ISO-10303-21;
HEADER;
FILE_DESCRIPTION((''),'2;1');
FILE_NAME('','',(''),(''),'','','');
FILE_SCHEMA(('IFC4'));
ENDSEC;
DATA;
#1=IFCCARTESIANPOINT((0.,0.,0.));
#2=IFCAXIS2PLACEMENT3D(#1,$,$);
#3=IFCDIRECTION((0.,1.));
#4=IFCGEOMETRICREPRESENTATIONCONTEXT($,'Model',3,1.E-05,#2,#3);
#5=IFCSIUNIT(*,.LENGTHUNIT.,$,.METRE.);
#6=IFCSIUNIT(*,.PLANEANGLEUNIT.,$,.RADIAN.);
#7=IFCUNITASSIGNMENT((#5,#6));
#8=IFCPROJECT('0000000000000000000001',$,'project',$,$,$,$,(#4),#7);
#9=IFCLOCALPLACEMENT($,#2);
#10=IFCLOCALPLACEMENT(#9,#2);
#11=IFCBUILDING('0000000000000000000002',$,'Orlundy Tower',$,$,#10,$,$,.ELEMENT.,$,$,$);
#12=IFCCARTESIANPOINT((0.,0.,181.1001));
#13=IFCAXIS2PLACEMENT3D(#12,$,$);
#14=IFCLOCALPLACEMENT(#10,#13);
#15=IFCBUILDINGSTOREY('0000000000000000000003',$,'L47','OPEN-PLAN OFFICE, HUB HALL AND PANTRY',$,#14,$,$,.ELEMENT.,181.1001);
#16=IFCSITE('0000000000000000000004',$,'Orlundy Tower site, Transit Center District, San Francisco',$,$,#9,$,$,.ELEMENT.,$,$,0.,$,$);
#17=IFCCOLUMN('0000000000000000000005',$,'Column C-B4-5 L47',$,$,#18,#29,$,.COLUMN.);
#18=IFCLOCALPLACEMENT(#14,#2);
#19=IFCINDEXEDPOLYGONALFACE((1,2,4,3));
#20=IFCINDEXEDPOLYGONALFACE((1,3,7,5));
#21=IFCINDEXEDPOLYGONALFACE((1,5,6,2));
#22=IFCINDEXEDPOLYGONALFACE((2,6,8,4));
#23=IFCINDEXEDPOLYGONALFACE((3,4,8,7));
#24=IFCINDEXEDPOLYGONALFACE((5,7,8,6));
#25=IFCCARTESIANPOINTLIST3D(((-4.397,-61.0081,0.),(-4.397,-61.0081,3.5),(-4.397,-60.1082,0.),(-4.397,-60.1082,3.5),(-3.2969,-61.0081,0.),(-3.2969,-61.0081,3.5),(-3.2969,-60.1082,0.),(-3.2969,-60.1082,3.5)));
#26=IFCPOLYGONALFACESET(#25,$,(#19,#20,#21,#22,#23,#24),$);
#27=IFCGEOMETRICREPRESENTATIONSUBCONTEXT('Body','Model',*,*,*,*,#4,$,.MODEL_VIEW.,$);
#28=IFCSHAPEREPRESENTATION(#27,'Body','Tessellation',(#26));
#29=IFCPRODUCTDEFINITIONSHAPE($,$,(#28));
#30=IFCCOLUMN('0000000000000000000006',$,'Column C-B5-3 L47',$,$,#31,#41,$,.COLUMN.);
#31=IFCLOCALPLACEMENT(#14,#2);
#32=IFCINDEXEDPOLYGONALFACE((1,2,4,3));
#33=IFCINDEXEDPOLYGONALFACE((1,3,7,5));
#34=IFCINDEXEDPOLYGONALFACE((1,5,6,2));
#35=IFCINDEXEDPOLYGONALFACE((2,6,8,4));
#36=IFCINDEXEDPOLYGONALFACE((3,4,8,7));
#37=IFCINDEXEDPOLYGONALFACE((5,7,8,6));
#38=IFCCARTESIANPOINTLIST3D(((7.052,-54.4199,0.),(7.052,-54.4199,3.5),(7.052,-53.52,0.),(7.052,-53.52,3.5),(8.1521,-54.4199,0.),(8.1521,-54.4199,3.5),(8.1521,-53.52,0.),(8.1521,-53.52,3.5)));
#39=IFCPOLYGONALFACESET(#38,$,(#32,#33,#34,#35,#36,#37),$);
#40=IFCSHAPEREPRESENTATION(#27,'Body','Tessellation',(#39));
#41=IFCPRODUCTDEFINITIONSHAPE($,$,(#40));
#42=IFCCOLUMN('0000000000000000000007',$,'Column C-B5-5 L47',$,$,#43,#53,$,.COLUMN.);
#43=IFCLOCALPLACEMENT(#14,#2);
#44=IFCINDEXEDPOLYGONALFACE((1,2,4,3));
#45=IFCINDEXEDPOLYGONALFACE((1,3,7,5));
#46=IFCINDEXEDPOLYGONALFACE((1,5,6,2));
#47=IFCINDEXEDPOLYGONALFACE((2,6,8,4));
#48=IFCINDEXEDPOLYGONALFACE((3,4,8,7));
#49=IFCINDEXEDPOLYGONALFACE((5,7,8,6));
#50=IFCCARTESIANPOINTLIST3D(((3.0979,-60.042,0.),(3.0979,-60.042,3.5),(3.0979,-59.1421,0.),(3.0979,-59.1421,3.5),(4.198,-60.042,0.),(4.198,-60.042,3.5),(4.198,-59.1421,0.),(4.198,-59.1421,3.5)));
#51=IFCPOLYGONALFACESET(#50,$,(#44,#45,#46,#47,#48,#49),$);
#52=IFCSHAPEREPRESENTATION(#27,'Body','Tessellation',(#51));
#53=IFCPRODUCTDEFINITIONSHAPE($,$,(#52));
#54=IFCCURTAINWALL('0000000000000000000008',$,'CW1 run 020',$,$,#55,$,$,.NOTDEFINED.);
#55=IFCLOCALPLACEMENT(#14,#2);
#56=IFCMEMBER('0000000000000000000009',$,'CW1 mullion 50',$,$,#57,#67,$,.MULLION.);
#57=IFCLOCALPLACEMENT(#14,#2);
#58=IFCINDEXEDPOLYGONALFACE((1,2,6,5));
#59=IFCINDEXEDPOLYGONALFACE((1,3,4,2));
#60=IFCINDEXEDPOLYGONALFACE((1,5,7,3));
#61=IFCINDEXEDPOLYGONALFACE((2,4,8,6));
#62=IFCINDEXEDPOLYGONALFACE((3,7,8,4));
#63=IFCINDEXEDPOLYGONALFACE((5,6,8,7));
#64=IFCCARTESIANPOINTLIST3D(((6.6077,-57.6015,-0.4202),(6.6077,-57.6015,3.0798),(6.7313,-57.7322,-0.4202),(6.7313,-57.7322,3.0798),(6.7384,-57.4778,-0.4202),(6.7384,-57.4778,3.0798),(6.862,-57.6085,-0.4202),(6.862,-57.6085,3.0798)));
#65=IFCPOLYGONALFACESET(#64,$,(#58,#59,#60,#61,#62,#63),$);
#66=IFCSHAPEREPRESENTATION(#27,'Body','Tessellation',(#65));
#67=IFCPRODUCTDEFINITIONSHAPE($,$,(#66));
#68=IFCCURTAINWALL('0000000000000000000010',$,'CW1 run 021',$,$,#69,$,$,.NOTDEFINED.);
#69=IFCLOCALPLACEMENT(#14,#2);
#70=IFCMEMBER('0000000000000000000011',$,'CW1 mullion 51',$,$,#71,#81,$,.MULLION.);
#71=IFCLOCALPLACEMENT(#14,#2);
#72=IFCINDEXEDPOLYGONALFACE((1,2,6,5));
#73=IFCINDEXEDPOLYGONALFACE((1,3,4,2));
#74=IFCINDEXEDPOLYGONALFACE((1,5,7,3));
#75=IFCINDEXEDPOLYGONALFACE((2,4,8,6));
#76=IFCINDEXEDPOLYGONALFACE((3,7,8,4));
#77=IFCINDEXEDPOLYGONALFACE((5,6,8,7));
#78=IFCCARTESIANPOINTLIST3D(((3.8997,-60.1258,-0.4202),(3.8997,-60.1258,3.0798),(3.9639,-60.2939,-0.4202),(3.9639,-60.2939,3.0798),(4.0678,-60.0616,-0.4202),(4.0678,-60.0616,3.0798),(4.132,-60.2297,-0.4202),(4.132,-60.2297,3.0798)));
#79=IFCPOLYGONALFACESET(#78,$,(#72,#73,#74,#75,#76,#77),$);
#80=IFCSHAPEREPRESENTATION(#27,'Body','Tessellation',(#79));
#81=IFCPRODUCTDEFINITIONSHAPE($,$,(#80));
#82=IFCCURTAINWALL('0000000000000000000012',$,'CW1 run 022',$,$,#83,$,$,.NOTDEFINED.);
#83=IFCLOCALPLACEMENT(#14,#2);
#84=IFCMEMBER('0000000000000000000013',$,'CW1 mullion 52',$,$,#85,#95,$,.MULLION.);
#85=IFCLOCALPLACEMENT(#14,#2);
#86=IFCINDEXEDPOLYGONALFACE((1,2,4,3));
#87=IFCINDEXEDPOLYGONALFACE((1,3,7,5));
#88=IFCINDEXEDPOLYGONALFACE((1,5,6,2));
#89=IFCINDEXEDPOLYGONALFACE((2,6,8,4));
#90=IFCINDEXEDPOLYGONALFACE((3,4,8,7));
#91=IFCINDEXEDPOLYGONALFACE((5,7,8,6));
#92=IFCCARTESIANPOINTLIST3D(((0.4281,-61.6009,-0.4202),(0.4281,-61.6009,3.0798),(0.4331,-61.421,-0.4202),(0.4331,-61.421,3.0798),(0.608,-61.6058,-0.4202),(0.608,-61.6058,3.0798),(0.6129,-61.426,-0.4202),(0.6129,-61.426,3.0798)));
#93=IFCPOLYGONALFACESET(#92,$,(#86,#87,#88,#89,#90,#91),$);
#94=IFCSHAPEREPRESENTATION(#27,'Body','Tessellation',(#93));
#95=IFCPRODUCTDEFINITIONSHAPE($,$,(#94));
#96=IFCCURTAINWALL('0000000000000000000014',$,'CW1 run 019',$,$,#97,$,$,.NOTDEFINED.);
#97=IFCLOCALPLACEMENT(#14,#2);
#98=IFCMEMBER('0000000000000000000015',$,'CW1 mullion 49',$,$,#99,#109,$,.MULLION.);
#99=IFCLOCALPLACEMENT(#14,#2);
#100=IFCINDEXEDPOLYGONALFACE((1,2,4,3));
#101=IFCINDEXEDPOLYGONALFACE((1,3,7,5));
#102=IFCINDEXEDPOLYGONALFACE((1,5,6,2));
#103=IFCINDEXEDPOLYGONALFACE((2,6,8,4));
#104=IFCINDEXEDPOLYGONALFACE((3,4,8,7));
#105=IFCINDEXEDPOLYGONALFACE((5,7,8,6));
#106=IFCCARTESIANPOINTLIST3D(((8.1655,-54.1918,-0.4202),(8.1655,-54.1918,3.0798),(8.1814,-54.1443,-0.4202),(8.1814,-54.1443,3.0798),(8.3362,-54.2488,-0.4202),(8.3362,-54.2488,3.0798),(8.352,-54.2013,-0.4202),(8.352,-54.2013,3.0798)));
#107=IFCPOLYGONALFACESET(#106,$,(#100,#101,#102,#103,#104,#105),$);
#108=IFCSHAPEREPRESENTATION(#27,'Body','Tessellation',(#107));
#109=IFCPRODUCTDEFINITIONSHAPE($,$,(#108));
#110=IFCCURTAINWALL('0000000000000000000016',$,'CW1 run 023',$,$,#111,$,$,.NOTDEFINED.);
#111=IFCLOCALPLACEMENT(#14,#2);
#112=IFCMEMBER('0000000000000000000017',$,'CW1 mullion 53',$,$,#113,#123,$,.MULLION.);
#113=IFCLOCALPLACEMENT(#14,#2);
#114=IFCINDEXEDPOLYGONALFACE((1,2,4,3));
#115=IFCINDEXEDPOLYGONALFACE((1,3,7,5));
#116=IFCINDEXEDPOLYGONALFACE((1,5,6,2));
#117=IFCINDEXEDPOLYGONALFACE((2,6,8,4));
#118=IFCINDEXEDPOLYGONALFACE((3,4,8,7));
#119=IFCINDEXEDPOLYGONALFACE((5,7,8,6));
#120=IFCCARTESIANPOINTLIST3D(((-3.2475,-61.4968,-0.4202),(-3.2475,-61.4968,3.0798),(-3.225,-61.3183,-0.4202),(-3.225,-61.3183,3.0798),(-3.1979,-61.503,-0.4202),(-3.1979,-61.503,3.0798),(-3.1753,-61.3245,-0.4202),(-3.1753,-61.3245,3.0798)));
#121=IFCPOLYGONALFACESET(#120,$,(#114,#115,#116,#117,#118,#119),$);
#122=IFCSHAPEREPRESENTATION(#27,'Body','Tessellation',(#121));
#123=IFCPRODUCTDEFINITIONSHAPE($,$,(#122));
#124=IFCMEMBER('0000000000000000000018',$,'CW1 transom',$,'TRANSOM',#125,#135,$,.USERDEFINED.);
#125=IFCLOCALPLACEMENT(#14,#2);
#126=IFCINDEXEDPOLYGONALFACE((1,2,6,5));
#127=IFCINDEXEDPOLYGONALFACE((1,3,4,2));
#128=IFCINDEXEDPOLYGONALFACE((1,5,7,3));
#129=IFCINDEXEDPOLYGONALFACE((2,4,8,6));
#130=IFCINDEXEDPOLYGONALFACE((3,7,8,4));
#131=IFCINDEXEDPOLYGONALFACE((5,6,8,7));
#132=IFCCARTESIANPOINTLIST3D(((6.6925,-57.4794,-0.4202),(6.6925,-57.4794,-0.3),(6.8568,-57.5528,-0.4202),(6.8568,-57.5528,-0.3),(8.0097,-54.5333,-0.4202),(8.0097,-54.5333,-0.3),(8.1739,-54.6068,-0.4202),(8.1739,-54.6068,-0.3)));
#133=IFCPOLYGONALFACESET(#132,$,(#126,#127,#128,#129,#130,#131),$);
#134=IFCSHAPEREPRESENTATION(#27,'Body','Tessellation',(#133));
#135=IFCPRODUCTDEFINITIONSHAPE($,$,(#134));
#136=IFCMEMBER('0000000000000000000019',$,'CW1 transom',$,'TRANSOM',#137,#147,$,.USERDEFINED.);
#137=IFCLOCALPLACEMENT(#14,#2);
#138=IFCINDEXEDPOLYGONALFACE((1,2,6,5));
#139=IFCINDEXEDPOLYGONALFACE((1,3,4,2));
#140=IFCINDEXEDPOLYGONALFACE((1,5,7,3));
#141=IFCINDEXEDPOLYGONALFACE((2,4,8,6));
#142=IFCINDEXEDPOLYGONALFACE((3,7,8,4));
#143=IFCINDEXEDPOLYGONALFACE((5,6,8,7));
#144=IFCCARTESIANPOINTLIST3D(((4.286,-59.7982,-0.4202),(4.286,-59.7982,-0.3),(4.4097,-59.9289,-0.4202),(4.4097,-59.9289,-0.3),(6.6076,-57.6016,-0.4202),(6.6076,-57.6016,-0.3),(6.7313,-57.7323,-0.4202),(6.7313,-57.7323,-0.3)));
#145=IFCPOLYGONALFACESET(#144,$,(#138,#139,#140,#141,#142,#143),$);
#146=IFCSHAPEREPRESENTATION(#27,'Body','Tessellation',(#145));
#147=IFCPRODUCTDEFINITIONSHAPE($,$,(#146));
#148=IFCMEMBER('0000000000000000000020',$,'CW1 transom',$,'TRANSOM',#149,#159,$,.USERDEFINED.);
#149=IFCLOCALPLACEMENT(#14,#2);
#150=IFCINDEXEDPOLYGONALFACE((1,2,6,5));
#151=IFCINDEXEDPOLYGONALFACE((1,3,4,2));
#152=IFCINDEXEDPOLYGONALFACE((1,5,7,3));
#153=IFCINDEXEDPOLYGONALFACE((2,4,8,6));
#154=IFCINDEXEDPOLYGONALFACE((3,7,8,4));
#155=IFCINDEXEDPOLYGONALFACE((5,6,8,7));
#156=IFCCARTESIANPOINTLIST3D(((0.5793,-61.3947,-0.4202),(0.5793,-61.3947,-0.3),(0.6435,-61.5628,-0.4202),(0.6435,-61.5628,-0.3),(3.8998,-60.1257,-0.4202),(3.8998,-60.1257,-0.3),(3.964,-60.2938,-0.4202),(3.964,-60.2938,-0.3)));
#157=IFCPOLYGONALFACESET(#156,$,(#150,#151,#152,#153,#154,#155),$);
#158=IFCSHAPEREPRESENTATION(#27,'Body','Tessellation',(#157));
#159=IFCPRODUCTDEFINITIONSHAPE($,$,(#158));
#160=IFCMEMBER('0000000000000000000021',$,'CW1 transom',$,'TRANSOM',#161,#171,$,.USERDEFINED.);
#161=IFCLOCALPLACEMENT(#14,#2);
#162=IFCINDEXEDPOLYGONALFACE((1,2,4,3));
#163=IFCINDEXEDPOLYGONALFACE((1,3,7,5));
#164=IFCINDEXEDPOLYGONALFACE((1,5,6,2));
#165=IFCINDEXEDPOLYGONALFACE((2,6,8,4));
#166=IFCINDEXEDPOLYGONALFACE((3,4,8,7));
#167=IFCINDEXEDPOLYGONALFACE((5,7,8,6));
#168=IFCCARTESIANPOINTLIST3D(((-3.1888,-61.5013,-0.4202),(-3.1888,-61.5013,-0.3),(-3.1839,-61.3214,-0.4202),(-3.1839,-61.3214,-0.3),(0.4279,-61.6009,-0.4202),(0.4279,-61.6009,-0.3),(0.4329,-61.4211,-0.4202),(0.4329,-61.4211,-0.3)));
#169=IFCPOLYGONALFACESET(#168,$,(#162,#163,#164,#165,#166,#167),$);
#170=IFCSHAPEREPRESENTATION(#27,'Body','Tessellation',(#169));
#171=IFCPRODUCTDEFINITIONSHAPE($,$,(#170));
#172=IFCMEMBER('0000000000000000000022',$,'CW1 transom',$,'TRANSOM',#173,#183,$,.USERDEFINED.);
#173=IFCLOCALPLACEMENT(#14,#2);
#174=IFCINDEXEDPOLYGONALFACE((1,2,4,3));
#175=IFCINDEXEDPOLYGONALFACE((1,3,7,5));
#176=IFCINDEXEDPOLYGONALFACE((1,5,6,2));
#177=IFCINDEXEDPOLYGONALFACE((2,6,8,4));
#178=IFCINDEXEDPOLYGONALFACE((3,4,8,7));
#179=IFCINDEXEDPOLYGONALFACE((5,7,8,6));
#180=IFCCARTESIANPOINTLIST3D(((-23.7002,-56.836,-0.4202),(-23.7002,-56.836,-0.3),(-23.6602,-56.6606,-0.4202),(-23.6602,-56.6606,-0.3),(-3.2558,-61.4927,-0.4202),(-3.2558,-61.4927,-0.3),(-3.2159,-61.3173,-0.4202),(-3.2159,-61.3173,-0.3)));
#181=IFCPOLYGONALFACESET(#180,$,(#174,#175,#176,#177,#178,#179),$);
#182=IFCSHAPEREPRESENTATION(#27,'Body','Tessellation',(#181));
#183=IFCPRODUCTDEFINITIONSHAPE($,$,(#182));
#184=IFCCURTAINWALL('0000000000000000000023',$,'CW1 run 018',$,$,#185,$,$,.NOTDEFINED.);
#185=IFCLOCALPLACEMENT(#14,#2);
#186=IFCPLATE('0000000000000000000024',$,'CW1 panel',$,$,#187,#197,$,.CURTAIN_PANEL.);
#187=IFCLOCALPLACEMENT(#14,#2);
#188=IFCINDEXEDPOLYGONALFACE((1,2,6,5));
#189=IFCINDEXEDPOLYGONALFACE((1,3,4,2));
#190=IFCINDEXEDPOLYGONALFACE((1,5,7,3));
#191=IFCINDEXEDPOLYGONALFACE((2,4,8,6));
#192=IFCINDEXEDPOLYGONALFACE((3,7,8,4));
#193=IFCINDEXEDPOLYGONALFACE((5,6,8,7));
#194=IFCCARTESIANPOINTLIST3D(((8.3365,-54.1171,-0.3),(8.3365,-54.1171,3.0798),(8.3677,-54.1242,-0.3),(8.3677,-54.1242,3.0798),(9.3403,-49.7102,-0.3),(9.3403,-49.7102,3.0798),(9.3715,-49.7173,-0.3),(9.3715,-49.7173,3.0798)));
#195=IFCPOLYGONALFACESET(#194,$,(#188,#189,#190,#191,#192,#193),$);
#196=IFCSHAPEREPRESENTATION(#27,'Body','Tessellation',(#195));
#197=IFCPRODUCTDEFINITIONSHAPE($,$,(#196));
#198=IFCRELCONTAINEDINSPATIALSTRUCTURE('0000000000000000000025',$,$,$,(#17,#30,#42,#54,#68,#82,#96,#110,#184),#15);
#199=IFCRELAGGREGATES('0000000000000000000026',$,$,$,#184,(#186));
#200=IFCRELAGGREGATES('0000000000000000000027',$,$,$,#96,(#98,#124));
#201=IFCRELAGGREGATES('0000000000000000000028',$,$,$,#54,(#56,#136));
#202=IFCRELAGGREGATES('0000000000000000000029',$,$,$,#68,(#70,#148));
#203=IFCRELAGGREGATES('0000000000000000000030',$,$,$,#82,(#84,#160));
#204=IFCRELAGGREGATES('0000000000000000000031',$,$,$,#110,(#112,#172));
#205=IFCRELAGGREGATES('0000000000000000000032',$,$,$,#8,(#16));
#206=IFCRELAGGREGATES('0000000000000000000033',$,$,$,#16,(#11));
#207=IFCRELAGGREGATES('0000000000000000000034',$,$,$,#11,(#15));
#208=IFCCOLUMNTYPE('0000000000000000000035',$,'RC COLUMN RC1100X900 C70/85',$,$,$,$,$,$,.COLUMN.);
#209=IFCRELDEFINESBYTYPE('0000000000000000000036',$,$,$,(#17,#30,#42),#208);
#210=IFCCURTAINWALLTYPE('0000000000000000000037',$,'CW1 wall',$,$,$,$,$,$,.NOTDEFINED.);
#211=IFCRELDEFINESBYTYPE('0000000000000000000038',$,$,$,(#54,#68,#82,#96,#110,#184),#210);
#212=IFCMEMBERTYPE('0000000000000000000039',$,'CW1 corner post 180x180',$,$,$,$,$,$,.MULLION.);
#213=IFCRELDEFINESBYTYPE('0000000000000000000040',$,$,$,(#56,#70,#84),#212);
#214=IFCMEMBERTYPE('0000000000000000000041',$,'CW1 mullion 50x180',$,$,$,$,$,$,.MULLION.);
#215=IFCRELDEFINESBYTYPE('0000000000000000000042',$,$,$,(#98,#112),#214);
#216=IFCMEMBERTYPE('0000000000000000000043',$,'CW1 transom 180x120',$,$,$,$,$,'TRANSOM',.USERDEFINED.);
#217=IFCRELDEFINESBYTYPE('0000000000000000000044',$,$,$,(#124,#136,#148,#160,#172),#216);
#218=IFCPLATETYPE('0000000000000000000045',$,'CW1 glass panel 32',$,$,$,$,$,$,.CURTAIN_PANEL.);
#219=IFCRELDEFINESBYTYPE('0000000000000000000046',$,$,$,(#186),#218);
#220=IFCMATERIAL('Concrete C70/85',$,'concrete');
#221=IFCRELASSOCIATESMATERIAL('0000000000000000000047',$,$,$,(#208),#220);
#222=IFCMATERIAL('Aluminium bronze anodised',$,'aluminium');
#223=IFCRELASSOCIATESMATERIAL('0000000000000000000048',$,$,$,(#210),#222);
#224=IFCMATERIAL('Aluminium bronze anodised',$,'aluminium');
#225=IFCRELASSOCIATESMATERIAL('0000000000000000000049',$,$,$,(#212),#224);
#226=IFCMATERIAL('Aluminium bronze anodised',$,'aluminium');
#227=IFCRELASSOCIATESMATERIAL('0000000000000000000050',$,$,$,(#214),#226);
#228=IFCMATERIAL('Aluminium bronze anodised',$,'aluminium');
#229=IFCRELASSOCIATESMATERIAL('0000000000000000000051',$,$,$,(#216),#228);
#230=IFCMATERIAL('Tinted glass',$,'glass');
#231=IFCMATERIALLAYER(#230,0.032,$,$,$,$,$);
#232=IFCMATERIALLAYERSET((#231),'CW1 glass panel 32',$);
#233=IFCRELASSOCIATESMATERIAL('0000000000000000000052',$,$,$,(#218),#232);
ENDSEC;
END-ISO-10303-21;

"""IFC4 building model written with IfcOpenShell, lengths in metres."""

from ifc_helpers import new_model, si_unit, direction, frame, origin, origin_2d, place, context, subcontext, project, spatial, rectangle, extrude, material, layer, layer_set, material_profile, profile_set, type_object, element, aggregate, save


model = new_model("IFC4")

# Units and contexts
model_context = context("Model", 3, precision=1e-05, world=origin(), true_north=direction((0.0, 1.0)))
body_context = subcontext(model_context, "Body", "Model", "MODEL_VIEW")
ifc_project = project(units=[si_unit("LENGTHUNIT", "METRE"), si_unit("PLANEANGLEUNIT", "RADIAN")], contexts=[model_context])

# Site, building, storey
site_placement = place(None, origin())
site = spatial("IfcSite", under=ifc_project, at=site_placement, Name="Orlundy Tower site, Transit Center District, San Francisco", CompositionType="ELEMENT", RefElevation=0.0)
building_placement = place(site_placement, origin())
building = spatial("IfcBuilding", under=site, at=building_placement, Name="Orlundy Tower", CompositionType="ELEMENT")
storey_placement = place(building_placement, frame((0.0, 0.0, 181.1001)))
storey = spatial("IfcBuildingStorey", under=building, at=storey_placement, Name="L47", Description="OPEN-PLAN OFFICE, HUB HALL AND PANTRY", CompositionType="ELEMENT", Elevation=181.1001)

# Columns
ifc_material_1 = material(Name="Concrete C70/85", Category="concrete")
ifc_material_profile_1 = material_profile(ifc_material_1, rectangle(XDim=1.1001, YDim=0.8999, at=origin_2d()), Name="RC1100X900")
ifc_profile_set_1 = profile_set([ifc_material_profile_1], Name="Concrete C70/85")
column_type = type_object("IfcColumnType", Name="RC COLUMN RC1100X900 C70/85", PredefinedType="COLUMN", material=ifc_profile_set_1)
for number, where, z_axis, x_axis, name in (
    (1, (-3.8469, -60.5581, 0.0), (0.0, 0.0, 1.0), (1.0, 0.0, 0.0), "Column C-B4-5 L47"),
    (2, (7.6021, -53.97, 0.0), (0.0, 0.0, 1.0), (1.0, 0.0, 0.0), "Column C-B5-3 L47"),
    (3, (3.6479, -59.592, 0.0), (0.0, 0.0, 1.0), (1.0, 0.0, 0.0), "Column C-B5-5 L47"),
):
    element("IfcColumn", number, at=place(storey_placement, frame(where, z_axis=z_axis, x_axis=x_axis)), inside=storey, type_object=column_type, Name=name, PredefinedType="COLUMN", context=body_context, shape_type="SweptSolid", body=[
        extrude(rectangle(XDim=1.1001, YDim=0.8999, at=origin_2d()), origin(), (0.0, 0.0, 1.0), 3.5),
    ])

# Curtain walls, members
ifc_material_2 = material(Name="Aluminium bronze anodised", Category="aluminium")
curtain_wall_type = type_object("IfcCurtainWallType", Name="CW1 wall", PredefinedType="NOTDEFINED", material=ifc_material_2)
curtain_wall_1_placement = place(storey_placement, origin())
curtain_wall_1 = element("IfcCurtainWall", 4, at=curtain_wall_1_placement, inside=storey, type_object=curtain_wall_type, Name="CW1 run 020", PredefinedType="NOTDEFINED")
ifc_material_3 = material(Name="Aluminium bronze anodised", Category="aluminium")
ifc_material_profile_2 = material_profile(ifc_material_3, rectangle(XDim=0.1799, YDim=0.1799, at=origin_2d()), Name="CW1 corner post 180x180")
ifc_profile_set_2 = profile_set([ifc_material_profile_2], Name="Aluminium bronze anodised")
member_type_1 = type_object("IfcMemberType", Name="CW1 corner post 180x180", PredefinedType="MULLION", material=ifc_profile_set_2)
member_1_placement = place(storey_placement, frame((6.7349, -57.605, -0.4202), z_axis=(0.0, 0.0, 1.0), x_axis=(0.687281, -0.726392, 0.0)))
member_1 = element("IfcMember", 5, at=member_1_placement, type_object=member_type_1, Name="CW1 mullion 50", PredefinedType="MULLION", context=body_context, shape_type="SweptSolid", body=[
    extrude(rectangle(XDim=0.1799, YDim=0.1799, at=origin_2d()), origin(), (0.0, 0.0, 1.0), 3.5),
])
curtain_wall_2_placement = place(storey_placement, origin())
curtain_wall_2 = element("IfcCurtainWall", 6, at=curtain_wall_2_placement, inside=storey, type_object=curtain_wall_type, Name="CW1 run 021", PredefinedType="NOTDEFINED")
member_2_placement = place(storey_placement, frame((4.0159, -60.1777, -0.4202), z_axis=(0.0, 0.0, 1.0), x_axis=(0.356971, -0.934115, 0.0)))
member_2 = element("IfcMember", 7, at=member_2_placement, type_object=member_type_1, Name="CW1 mullion 51", PredefinedType="MULLION", context=body_context, shape_type="SweptSolid", body=[
    extrude(rectangle(XDim=0.1799, YDim=0.1799, at=origin_2d()), origin(), (0.0, 0.0, 1.0), 3.5),
])
curtain_wall_3_placement = place(storey_placement, origin())
curtain_wall_3 = element("IfcCurtainWall", 8, at=curtain_wall_3_placement, inside=storey, type_object=curtain_wall_type, Name="CW1 run 022", PredefinedType="NOTDEFINED")
member_3_placement = place(storey_placement, frame((0.5205, -61.5134, -0.4202), z_axis=(0.0, 0.0, 1.0), x_axis=(-0.02752, -0.999621, 0.0)))
member_3 = element("IfcMember", 9, at=member_3_placement, type_object=member_type_1, Name="CW1 mullion 52", PredefinedType="MULLION", context=body_context, shape_type="SweptSolid", body=[
    extrude(rectangle(XDim=0.1799, YDim=0.1799, at=origin_2d()), origin(), (0.0, 0.0, 1.0), 3.5),
])
curtain_wall_4_placement = place(storey_placement, origin())
curtain_wall_4 = element("IfcCurtainWall", 10, at=curtain_wall_4_placement, inside=storey, type_object=curtain_wall_type, Name="CW1 run 019", PredefinedType="NOTDEFINED")
ifc_material_4 = material(Name="Aluminium bronze anodised", Category="aluminium")
ifc_material_profile_3 = material_profile(ifc_material_4, rectangle(XDim=0.1799, YDim=0.05, at=origin_2d()), Name="CW1 mullion 50x180")
ifc_profile_set_3 = profile_set([ifc_material_profile_3], Name="Aluminium bronze anodised")
member_type_2 = type_object("IfcMemberType", Name="CW1 mullion 50x180", PredefinedType="MULLION", material=ifc_profile_set_3)
member_4_placement = place(storey_placement, frame((8.2588, -54.1965, -0.4202), z_axis=(0.0, 0.0, 1.0), x_axis=(0.948538, -0.316662, 0.0)))
member_4 = element("IfcMember", 11, at=member_4_placement, type_object=member_type_2, Name="CW1 mullion 49", PredefinedType="MULLION", context=body_context, shape_type="SweptSolid", body=[
    extrude(rectangle(XDim=0.1799, YDim=0.05, at=origin_2d()), origin(), (0.0, 0.0, 1.0), 3.5),
])
curtain_wall_5_placement = place(storey_placement, origin())
curtain_wall_5 = element("IfcCurtainWall", 12, at=curtain_wall_5_placement, inside=storey, type_object=curtain_wall_type, Name="CW1 run 023", PredefinedType="NOTDEFINED")
member_5_placement = place(storey_placement, frame((-3.2114, -61.4106, -0.4202), z_axis=(0.0, 0.0, 1.0), x_axis=(-0.12541, -0.992105, 0.0)))
member_5 = element("IfcMember", 13, at=member_5_placement, type_object=member_type_2, Name="CW1 mullion 53", PredefinedType="MULLION", context=body_context, shape_type="SweptSolid", body=[
    extrude(rectangle(XDim=0.1799, YDim=0.05, at=origin_2d()), origin(), (0.0, 0.0, 1.0), 3.5),
])

# Members
ifc_material_5 = material(Name="Aluminium bronze anodised", Category="aluminium")
ifc_material_profile_4 = material_profile(ifc_material_5, rectangle(XDim=0.1799, YDim=0.1201, at=origin_2d()), Name="CW1 transom 180x120")
ifc_profile_set_4 = profile_set([ifc_material_profile_4], Name="Aluminium bronze anodised")
member_type_3 = type_object("IfcMemberType", Name="CW1 transom 180x120", ElementType="TRANSOM", PredefinedType="USERDEFINED", material=ifc_profile_set_4)
member_6_placement = place(storey_placement, frame((8.0918, -54.5701, -0.3601), z_axis=(-0.408152, -0.912914, 0.0), x_axis=(0.912914, -0.408152, 0.0)))
member_6 = element("IfcMember", 14, at=member_6_placement, type_object=member_type_3, Name="CW1 transom", ObjectType="TRANSOM", PredefinedType="USERDEFINED", context=body_context, shape_type="SweptSolid", body=[
    extrude(rectangle(XDim=0.1799, YDim=0.1201, at=origin_2d()), origin(), (0.0, 0.0, 1.0), 3.2271),
])
member_7_placement = place(storey_placement, frame((6.6694, -57.667, -0.3601), z_axis=(-0.726392, -0.68728, 0.0), x_axis=(0.68728, -0.726392, 0.0)))
member_7 = element("IfcMember", 15, at=member_7_placement, type_object=member_type_3, Name="CW1 transom", ObjectType="TRANSOM", PredefinedType="USERDEFINED", context=body_context, shape_type="SweptSolid", body=[
    extrude(rectangle(XDim=0.1799, YDim=0.1201, at=origin_2d()), origin(), (0.0, 0.0, 1.0), 3.196),
])
member_8_placement = place(storey_placement, frame((3.9319, -60.2097, -0.3601), z_axis=(-0.934106, -0.356995, 0.0), x_axis=(0.356995, -0.934106, 0.0)))
member_8 = element("IfcMember", 16, at=member_8_placement, type_object=member_type_3, Name="CW1 transom", ObjectType="TRANSOM", PredefinedType="USERDEFINED", context=body_context, shape_type="SweptSolid", body=[
    extrude(rectangle(XDim=0.1799, YDim=0.1201, at=origin_2d()), origin(), (0.0, 0.0, 1.0), 3.5547),
])
member_9_placement = place(storey_placement, frame((0.4304, -61.511, -0.3601), z_axis=(-0.999621, 0.027531, 0.0), x_axis=(-0.027531, -0.999621, 0.0)))
member_9 = element("IfcMember", 17, at=member_9_placement, type_object=member_type_3, Name="CW1 transom", ObjectType="TRANSOM", PredefinedType="USERDEFINED", context=body_context, shape_type="SweptSolid", body=[
    extrude(rectangle(XDim=0.1799, YDim=0.1201, at=origin_2d()), origin(), (0.0, 0.0, 1.0), 3.6182),
])
member_10_placement = place(storey_placement, frame((-3.2358, -61.405, -0.3601), z_axis=(-0.975027, 0.222088, 0.0), x_axis=(-0.222088, -0.975027, 0.0)))
member_10 = element("IfcMember", 18, at=member_10_placement, type_object=member_type_3, Name="CW1 transom", ObjectType="TRANSOM", PredefinedType="USERDEFINED", context=body_context, shape_type="SweptSolid", body=[
    extrude(rectangle(XDim=0.1799, YDim=0.1201, at=origin_2d()), origin(), (0.0, 0.0, 1.0), 20.968),
])

# Curtain wall, plate
curtain_wall_6_placement = place(storey_placement, origin())
curtain_wall_6 = element("IfcCurtainWall", 19, at=curtain_wall_6_placement, inside=storey, type_object=curtain_wall_type, Name="CW1 run 018", PredefinedType="NOTDEFINED")
ifc_material_6 = material(Name="Tinted glass", Category="glass")
ifc_layer_1 = layer(ifc_material_6, 0.032)
ifc_layer_set_1 = layer_set([ifc_layer_1], Name="CW1 glass panel 32")
plate_type = type_object("IfcPlateType", Name="CW1 glass panel 32", PredefinedType="CURTAIN_PANEL", material=ifc_layer_set_1)
plate_1_placement = place(storey_placement, frame((8.854, -51.9172, -0.3), z_axis=(0.0, 0.0, 1.0), x_axis=(-0.222106, -0.975022, 0.0)))
plate_1 = element("IfcPlate", 20, at=plate_1_placement, type_object=plate_type, Name="CW1 panel", PredefinedType="CURTAIN_PANEL", context=body_context, shape_type="SweptSolid", body=[
    extrude(rectangle(XDim=4.5198, YDim=0.032, at=origin_2d()), origin(), (0.0, 0.0, 1.0), 3.3799),
])
aggregate(curtain_wall_6, [plate_1])

aggregate(curtain_wall_4, [member_4, member_6])
aggregate(curtain_wall_1, [member_1, member_7])
aggregate(curtain_wall_2, [member_2, member_8])
aggregate(curtain_wall_3, [member_3, member_9])
aggregate(curtain_wall_5, [member_5, member_10])

save(model, "model.ifc")
